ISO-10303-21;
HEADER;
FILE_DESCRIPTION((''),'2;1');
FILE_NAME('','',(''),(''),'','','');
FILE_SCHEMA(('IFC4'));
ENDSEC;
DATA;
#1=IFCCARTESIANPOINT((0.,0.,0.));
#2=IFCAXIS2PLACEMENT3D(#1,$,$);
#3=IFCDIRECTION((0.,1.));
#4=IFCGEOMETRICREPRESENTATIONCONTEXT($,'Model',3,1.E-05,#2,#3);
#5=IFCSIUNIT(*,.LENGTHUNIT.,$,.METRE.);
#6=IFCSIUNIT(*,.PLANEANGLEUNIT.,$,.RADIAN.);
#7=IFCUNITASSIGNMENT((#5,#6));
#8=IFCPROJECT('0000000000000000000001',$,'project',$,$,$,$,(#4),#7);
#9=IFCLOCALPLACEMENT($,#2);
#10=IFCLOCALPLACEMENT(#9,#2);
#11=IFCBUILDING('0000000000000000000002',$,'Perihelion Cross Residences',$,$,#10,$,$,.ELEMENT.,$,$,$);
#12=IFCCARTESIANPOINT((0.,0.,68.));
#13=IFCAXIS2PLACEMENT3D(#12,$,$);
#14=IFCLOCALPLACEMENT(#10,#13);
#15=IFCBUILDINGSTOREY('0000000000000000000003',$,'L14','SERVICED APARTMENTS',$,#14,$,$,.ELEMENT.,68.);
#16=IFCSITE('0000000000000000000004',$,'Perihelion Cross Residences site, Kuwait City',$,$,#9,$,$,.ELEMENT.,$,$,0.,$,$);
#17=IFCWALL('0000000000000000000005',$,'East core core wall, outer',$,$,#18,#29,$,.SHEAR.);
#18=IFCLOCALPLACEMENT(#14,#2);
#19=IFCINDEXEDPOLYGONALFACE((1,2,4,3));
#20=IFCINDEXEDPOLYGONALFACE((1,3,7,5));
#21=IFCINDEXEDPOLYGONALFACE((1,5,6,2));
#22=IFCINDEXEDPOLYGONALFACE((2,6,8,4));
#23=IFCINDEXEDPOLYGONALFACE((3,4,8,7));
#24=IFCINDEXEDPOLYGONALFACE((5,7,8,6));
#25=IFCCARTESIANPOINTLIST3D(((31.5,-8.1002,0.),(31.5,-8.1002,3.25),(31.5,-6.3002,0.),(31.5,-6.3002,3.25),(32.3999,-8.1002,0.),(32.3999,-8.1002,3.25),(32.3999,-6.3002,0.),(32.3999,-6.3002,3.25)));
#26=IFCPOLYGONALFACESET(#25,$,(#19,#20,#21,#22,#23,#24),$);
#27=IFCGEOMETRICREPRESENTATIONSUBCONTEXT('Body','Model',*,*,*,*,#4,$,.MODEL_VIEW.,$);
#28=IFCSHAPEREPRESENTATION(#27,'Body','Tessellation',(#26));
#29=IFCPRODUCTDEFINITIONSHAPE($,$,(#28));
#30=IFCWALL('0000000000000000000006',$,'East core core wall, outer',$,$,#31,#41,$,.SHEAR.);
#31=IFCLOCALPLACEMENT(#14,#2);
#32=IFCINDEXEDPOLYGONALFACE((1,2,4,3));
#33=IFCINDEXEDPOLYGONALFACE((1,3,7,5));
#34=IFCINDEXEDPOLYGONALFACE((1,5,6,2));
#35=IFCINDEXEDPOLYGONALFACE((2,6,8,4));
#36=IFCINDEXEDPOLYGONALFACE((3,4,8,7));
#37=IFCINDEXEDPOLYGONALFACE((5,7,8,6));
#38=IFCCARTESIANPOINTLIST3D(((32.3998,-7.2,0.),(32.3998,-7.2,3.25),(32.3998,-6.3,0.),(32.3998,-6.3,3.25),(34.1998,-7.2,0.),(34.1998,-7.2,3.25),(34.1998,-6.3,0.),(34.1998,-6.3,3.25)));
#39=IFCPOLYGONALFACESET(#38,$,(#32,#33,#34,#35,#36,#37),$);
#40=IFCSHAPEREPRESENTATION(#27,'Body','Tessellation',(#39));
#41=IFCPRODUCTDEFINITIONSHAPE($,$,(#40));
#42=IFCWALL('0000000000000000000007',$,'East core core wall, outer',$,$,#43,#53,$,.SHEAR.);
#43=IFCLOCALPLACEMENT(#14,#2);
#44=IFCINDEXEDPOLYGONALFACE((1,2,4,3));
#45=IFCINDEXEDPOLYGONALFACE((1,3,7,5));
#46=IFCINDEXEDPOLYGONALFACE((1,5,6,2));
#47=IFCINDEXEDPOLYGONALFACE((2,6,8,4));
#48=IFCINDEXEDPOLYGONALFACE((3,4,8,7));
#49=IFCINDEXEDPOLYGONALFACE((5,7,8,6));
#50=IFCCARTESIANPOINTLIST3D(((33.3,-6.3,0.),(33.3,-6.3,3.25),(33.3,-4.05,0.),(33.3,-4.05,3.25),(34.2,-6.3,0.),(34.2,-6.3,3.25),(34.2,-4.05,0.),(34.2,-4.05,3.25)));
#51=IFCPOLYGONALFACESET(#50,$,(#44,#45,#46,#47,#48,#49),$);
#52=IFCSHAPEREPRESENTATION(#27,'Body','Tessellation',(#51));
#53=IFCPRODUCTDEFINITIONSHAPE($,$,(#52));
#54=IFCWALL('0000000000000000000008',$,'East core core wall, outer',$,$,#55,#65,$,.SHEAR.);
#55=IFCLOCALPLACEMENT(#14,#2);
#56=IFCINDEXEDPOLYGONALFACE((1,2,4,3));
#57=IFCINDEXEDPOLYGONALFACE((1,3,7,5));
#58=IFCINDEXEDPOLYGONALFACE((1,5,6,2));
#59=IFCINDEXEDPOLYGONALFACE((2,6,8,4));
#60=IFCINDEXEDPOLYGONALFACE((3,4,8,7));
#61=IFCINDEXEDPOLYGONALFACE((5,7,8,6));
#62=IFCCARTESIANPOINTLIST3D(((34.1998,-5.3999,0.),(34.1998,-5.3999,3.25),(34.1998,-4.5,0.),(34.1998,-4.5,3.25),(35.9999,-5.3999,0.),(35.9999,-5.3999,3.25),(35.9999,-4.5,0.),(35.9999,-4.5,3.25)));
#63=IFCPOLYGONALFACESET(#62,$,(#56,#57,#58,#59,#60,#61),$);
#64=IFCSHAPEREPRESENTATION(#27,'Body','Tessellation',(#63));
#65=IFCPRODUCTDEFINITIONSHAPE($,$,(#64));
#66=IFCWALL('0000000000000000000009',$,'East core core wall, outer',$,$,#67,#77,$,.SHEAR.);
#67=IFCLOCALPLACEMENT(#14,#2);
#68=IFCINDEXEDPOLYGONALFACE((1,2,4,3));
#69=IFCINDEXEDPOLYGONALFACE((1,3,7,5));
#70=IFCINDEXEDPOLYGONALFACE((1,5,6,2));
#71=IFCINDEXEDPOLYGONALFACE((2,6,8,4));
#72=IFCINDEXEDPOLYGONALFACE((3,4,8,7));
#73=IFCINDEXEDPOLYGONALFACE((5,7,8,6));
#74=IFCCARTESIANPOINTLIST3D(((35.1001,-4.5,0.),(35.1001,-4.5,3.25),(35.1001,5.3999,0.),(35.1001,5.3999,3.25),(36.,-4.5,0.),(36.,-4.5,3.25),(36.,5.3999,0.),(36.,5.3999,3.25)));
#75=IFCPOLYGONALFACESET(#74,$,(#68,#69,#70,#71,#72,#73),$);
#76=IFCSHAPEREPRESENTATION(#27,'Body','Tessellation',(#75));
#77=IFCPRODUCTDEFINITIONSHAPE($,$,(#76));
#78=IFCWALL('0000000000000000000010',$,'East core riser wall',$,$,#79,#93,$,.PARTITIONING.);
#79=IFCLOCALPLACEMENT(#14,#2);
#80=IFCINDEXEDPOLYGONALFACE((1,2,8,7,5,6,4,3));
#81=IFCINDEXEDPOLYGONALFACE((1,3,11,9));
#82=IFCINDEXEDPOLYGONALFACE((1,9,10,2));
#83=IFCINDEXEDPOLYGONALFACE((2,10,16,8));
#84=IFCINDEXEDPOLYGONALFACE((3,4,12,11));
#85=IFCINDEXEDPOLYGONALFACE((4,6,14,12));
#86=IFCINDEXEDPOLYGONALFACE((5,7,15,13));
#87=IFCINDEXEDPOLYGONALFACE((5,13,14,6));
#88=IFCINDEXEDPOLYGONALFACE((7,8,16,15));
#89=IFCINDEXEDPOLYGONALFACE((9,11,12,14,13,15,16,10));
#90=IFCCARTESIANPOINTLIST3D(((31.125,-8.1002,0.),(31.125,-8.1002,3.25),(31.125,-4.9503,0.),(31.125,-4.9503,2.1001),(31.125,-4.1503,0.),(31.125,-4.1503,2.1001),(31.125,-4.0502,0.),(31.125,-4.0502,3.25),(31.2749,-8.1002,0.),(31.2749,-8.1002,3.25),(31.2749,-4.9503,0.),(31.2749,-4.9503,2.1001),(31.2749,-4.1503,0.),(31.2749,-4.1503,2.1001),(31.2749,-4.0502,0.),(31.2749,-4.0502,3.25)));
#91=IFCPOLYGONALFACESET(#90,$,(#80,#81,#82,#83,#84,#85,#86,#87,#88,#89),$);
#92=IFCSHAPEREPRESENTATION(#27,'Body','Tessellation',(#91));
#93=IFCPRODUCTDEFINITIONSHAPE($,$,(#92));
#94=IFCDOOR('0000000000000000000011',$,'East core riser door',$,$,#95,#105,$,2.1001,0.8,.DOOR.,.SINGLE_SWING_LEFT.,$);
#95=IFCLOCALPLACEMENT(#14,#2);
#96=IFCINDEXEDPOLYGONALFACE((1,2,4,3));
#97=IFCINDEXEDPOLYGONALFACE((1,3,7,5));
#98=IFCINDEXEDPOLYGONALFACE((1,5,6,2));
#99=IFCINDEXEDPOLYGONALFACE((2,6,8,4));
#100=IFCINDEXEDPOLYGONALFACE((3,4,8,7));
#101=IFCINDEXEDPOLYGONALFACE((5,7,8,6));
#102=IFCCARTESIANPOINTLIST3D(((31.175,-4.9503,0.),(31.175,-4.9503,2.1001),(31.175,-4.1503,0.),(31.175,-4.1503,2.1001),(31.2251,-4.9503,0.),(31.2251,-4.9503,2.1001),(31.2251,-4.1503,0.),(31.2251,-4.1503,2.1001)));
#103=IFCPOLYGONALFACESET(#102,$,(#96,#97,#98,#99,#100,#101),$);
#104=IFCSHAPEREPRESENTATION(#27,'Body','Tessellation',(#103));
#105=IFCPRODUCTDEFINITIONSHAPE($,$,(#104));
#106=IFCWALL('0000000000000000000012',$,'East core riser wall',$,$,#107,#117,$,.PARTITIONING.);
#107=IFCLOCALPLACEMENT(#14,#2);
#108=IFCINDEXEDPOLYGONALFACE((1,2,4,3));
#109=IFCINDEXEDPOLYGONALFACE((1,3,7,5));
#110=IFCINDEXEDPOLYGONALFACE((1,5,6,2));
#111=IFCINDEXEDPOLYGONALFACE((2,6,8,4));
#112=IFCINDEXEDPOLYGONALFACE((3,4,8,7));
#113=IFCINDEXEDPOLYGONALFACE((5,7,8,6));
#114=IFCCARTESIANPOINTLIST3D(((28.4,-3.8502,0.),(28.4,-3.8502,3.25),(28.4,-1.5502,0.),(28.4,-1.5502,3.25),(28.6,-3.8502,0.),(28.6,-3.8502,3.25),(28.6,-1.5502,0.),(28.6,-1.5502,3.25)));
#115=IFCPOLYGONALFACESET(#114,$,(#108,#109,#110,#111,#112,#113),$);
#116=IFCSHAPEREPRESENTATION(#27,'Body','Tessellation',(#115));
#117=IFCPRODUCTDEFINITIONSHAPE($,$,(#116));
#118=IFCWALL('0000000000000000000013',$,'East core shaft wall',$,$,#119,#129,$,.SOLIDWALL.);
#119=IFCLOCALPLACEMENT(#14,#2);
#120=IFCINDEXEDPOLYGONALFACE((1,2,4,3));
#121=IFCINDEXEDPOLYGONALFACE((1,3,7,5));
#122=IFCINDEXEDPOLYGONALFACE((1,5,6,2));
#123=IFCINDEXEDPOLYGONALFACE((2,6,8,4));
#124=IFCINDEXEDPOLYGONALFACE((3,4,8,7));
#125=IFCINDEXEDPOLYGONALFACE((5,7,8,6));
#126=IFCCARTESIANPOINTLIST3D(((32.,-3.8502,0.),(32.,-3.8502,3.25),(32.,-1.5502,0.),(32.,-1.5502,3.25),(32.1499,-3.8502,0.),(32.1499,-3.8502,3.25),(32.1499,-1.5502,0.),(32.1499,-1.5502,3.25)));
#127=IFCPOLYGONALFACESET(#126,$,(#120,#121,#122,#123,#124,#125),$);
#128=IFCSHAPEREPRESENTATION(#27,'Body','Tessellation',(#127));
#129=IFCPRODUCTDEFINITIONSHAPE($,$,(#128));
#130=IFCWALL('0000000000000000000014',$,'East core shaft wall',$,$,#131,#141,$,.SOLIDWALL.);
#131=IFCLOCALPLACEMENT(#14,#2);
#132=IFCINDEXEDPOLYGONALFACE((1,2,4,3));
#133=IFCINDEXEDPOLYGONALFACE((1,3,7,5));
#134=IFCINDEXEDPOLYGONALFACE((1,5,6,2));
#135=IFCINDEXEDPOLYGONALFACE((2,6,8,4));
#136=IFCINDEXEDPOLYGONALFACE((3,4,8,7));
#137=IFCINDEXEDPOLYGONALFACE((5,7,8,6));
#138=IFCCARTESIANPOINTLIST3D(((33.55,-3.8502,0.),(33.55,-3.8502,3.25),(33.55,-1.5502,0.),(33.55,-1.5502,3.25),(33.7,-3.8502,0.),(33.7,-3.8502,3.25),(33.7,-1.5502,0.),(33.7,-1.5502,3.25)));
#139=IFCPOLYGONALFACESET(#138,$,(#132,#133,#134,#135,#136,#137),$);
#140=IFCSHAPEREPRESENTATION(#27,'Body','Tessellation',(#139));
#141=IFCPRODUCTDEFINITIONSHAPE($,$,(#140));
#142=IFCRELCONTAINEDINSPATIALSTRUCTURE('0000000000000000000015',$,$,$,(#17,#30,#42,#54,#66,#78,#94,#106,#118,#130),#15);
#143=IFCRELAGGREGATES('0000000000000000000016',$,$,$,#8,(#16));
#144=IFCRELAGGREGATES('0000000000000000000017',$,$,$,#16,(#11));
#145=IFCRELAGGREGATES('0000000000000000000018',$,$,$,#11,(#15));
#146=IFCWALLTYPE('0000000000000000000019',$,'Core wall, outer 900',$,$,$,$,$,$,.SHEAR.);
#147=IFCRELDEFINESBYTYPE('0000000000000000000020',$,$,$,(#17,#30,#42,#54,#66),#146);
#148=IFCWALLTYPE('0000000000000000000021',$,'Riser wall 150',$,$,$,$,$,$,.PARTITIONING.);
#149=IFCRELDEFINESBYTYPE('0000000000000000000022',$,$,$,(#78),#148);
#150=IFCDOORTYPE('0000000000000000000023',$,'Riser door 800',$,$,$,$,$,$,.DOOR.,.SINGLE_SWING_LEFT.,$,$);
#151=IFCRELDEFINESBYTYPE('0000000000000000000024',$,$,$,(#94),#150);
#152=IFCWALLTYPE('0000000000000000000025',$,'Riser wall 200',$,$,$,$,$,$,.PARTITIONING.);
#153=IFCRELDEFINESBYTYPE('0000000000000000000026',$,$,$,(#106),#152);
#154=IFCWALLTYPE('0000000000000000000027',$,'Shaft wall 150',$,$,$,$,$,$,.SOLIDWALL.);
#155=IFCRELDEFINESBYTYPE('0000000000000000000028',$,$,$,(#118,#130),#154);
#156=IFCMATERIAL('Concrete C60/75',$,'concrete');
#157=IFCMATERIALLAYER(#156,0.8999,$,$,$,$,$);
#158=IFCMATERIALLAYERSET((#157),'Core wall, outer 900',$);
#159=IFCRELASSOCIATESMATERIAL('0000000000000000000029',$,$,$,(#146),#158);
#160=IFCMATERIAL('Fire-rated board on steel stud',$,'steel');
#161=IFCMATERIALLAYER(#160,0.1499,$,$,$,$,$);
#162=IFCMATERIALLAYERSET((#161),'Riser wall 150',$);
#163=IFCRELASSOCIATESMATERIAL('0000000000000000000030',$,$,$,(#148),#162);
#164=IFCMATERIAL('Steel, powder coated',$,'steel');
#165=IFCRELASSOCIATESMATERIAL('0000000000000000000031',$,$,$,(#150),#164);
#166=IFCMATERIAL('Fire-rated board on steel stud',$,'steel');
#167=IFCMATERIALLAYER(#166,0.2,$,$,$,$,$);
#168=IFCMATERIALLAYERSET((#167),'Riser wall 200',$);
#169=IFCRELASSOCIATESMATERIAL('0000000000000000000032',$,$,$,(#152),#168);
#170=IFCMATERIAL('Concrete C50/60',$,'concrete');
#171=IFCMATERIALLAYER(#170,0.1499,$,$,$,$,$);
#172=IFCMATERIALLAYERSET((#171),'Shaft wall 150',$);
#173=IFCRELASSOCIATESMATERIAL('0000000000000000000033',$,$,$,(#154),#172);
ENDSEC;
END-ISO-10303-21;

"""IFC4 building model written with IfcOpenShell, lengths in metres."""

from ifc_helpers import new_model, si_unit, direction, frame, frame_2d, origin, place, context, subcontext, project, spatial, rectangle, extrude, material, layer, layer_set, type_object, element, fill, save


model = new_model("IFC4")

# Units and contexts
model_context = context("Model", 3, precision=1e-05, world=origin(), true_north=direction((0.0, 1.0)))
body_context = subcontext(model_context, "Body", "Model", "MODEL_VIEW")
ifc_project = project(units=[si_unit("LENGTHUNIT", "METRE"), si_unit("PLANEANGLEUNIT", "RADIAN")], contexts=[model_context])

# Site, building, storey
site_placement = place(None, origin())
site = spatial("IfcSite", under=ifc_project, at=site_placement, Name="Perihelion Cross Residences site, Kuwait City", CompositionType="ELEMENT", RefElevation=0.0)
building_placement = place(site_placement, origin())
building = spatial("IfcBuilding", under=site, at=building_placement, Name="Perihelion Cross Residences", CompositionType="ELEMENT")
storey_placement = place(building_placement, frame((0.0, 0.0, 68.0)))
storey = spatial("IfcBuildingStorey", under=building, at=storey_placement, Name="L14", Description="SERVICED APARTMENTS", CompositionType="ELEMENT", Elevation=68.0)

# Walls
ifc_material_1 = material(Name="Concrete C60/75", Category="concrete")
ifc_layer_1 = layer(ifc_material_1, 0.8999)
ifc_layer_set_1 = layer_set([ifc_layer_1], Name="Core wall, outer 900")
wall_type_1 = type_object("IfcWallType", Name="Core wall, outer 900", PredefinedType="SHEAR", material=ifc_layer_set_1)
for number, where, z_axis, x_axis, name in (
    (1, (31.95, -8.1001, 0.0), (0.0, 0.0, 1.0), (0.0, 1.0, 0.0), "East core core wall, outer"),
    (2, (32.3999, -6.75, 0.0), (0.0, 0.0, 1.0), (1.0, 0.0, 0.0), "East core core wall, outer"),
):
    element("IfcWall", number, at=place(storey_placement, frame(where, z_axis=z_axis, x_axis=x_axis)), inside=storey, type_object=wall_type_1, Name=name, PredefinedType="SHEAR", context=body_context, shape_type="SweptSolid", body=[
        extrude(rectangle(XDim=1.8, YDim=0.8999, at=frame_2d((0.8999, 0.0))), origin(), (0.0, 0.0, 1.0), 3.25),
    ])
wall_1_placement = place(storey_placement, frame((33.75, -6.3, 0.0), z_axis=(0.0, 0.0, 1.0), x_axis=(0.0, 1.0, 0.0)))
element("IfcWall", 3, at=wall_1_placement, inside=storey, type_object=wall_type_1, Name="East core core wall, outer", PredefinedType="SHEAR", context=body_context, shape_type="SweptSolid", body=[
    extrude(rectangle(XDim=2.25, YDim=0.8999, at=frame_2d((1.125, 0.0))), origin(), (0.0, 0.0, 1.0), 3.25),
])
wall_2_placement = place(storey_placement, frame((34.2, -4.95, 0.0), z_axis=(0.0, 0.0, 1.0), x_axis=(1.0, 0.0, 0.0)))
element("IfcWall", 4, at=wall_2_placement, inside=storey, type_object=wall_type_1, Name="East core core wall, outer", PredefinedType="SHEAR", context=body_context, shape_type="SweptSolid", body=[
    extrude(rectangle(XDim=1.8, YDim=0.8999, at=frame_2d((0.8999, 0.0))), origin(), (0.0, 0.0, 1.0), 3.25),
])
wall_3_placement = place(storey_placement, frame((35.55, -4.5, 0.0), z_axis=(0.0, 0.0, 1.0), x_axis=(0.0, 1.0, 0.0)))
element("IfcWall", 5, at=wall_3_placement, inside=storey, type_object=wall_type_1, Name="East core core wall, outer", PredefinedType="SHEAR", context=body_context, shape_type="SweptSolid", body=[
    extrude(rectangle(XDim=9.8999, YDim=0.8999, at=frame_2d((4.95, 0.0))), origin(), (0.0, 0.0, 1.0), 3.25),
])

# Wall, opening, door
ifc_material_2 = material(Name="Fire-rated board on steel stud", Category="steel")
ifc_layer_2 = layer(ifc_material_2, 0.1499)
ifc_layer_set_2 = layer_set([ifc_layer_2], Name="Riser wall 150")
wall_type_2 = type_object("IfcWallType", Name="Riser wall 150", PredefinedType="PARTITIONING", material=ifc_layer_set_2)
wall_4_placement = place(storey_placement, frame((31.2, -8.1001, 0.0), z_axis=(0.0, 0.0, 1.0), x_axis=(0.0, 1.0, 0.0)))
wall_4 = element("IfcWall", 6, at=wall_4_placement, inside=storey, type_object=wall_type_2, Name="East core riser wall", PredefinedType="PARTITIONING", context=body_context, shape_type="SweptSolid", body=[
    extrude(rectangle(XDim=4.05, YDim=0.1499, at=frame_2d((2.0249, 0.0))), origin(), (0.0, 0.0, 1.0), 3.25),
])
opening_1_placement = place(wall_4_placement, frame((3.1499, 0.0, 0.0)))
opening_1 = element("IfcOpeningElement", 7, at=opening_1_placement, cuts=wall_4, PredefinedType="OPENING", context=body_context, shape_type="SweptSolid", body=[
    extrude(rectangle(XDim=0.8, YDim=2.1001, at=frame_2d((0.3999, 1.05))), frame((0.0, 0.085, 0.0), z_axis=(0.0, -1.0, 0.0), x_axis=(1.0, 0.0, 0.0)), (0.0, 0.0, 1.0), 0.1699),
])
ifc_material_3 = material(Name="Steel, powder coated", Category="steel")
door_type_1 = type_object("IfcDoorType", Name="Riser door 800", OperationType="SINGLE_SWING_LEFT", PredefinedType="DOOR", material=ifc_material_3)
door_1_placement = place(opening_1_placement, origin())
door_1 = element("IfcDoor", 8, at=door_1_placement, inside=storey, type_object=door_type_1, Name="East core riser door", OperationType="SINGLE_SWING_LEFT", OverallHeight=2.1001, OverallWidth=0.8, PredefinedType="DOOR", context=body_context, shape_type="SweptSolid", body=[
    extrude(rectangle(XDim=0.8, YDim=2.1001, at=frame_2d((0.3999, 1.05))), frame((0.0, 0.0249, 0.0), z_axis=(0.0, -1.0, 0.0), x_axis=(1.0, 0.0, 0.0)), (0.0, 0.0, 1.0), 0.05),
])
fill(opening_1, door_1)

# Walls
ifc_material_4 = material(Name="Fire-rated board on steel stud", Category="steel")
ifc_layer_3 = layer(ifc_material_4, 0.2)
ifc_layer_set_3 = layer_set([ifc_layer_3], Name="Riser wall 200")
wall_type_3 = type_object("IfcWallType", Name="Riser wall 200", PredefinedType="PARTITIONING", material=ifc_layer_set_3)
wall_5_placement = place(storey_placement, frame((28.5, -3.8501, 0.0), z_axis=(0.0, 0.0, 1.0), x_axis=(0.0, 1.0, 0.0)))
element("IfcWall", 9, at=wall_5_placement, inside=storey, type_object=wall_type_3, Name="East core riser wall", PredefinedType="PARTITIONING", context=body_context, shape_type="SweptSolid", body=[
    extrude(rectangle(XDim=2.3, YDim=0.2, at=frame_2d((1.1499, 0.0))), origin(), (0.0, 0.0, 1.0), 3.25),
])
ifc_material_5 = material(Name="Concrete C50/60", Category="concrete")
ifc_layer_4 = layer(ifc_material_5, 0.1499)
ifc_layer_set_4 = layer_set([ifc_layer_4], Name="Shaft wall 150")
wall_type_4 = type_object("IfcWallType", Name="Shaft wall 150", PredefinedType="SOLIDWALL", material=ifc_layer_set_4)
for number, where, z_axis, x_axis, name in (
    (10, (32.075, -3.8501, 0.0), (0.0, 0.0, 1.0), (0.0, 1.0, 0.0), "East core shaft wall"),
    (11, (33.625, -3.8501, 0.0), (0.0, 0.0, 1.0), (0.0, 1.0, 0.0), "East core shaft wall"),
):
    element("IfcWall", number, at=place(storey_placement, frame(where, z_axis=z_axis, x_axis=x_axis)), inside=storey, type_object=wall_type_4, Name=name, PredefinedType="SOLIDWALL", context=body_context, shape_type="SweptSolid", body=[
        extrude(rectangle(XDim=2.3, YDim=0.1499, at=frame_2d((1.1499, 0.0))), origin(), (0.0, 0.0, 1.0), 3.25),
    ])

save(model, "model.ifc")
